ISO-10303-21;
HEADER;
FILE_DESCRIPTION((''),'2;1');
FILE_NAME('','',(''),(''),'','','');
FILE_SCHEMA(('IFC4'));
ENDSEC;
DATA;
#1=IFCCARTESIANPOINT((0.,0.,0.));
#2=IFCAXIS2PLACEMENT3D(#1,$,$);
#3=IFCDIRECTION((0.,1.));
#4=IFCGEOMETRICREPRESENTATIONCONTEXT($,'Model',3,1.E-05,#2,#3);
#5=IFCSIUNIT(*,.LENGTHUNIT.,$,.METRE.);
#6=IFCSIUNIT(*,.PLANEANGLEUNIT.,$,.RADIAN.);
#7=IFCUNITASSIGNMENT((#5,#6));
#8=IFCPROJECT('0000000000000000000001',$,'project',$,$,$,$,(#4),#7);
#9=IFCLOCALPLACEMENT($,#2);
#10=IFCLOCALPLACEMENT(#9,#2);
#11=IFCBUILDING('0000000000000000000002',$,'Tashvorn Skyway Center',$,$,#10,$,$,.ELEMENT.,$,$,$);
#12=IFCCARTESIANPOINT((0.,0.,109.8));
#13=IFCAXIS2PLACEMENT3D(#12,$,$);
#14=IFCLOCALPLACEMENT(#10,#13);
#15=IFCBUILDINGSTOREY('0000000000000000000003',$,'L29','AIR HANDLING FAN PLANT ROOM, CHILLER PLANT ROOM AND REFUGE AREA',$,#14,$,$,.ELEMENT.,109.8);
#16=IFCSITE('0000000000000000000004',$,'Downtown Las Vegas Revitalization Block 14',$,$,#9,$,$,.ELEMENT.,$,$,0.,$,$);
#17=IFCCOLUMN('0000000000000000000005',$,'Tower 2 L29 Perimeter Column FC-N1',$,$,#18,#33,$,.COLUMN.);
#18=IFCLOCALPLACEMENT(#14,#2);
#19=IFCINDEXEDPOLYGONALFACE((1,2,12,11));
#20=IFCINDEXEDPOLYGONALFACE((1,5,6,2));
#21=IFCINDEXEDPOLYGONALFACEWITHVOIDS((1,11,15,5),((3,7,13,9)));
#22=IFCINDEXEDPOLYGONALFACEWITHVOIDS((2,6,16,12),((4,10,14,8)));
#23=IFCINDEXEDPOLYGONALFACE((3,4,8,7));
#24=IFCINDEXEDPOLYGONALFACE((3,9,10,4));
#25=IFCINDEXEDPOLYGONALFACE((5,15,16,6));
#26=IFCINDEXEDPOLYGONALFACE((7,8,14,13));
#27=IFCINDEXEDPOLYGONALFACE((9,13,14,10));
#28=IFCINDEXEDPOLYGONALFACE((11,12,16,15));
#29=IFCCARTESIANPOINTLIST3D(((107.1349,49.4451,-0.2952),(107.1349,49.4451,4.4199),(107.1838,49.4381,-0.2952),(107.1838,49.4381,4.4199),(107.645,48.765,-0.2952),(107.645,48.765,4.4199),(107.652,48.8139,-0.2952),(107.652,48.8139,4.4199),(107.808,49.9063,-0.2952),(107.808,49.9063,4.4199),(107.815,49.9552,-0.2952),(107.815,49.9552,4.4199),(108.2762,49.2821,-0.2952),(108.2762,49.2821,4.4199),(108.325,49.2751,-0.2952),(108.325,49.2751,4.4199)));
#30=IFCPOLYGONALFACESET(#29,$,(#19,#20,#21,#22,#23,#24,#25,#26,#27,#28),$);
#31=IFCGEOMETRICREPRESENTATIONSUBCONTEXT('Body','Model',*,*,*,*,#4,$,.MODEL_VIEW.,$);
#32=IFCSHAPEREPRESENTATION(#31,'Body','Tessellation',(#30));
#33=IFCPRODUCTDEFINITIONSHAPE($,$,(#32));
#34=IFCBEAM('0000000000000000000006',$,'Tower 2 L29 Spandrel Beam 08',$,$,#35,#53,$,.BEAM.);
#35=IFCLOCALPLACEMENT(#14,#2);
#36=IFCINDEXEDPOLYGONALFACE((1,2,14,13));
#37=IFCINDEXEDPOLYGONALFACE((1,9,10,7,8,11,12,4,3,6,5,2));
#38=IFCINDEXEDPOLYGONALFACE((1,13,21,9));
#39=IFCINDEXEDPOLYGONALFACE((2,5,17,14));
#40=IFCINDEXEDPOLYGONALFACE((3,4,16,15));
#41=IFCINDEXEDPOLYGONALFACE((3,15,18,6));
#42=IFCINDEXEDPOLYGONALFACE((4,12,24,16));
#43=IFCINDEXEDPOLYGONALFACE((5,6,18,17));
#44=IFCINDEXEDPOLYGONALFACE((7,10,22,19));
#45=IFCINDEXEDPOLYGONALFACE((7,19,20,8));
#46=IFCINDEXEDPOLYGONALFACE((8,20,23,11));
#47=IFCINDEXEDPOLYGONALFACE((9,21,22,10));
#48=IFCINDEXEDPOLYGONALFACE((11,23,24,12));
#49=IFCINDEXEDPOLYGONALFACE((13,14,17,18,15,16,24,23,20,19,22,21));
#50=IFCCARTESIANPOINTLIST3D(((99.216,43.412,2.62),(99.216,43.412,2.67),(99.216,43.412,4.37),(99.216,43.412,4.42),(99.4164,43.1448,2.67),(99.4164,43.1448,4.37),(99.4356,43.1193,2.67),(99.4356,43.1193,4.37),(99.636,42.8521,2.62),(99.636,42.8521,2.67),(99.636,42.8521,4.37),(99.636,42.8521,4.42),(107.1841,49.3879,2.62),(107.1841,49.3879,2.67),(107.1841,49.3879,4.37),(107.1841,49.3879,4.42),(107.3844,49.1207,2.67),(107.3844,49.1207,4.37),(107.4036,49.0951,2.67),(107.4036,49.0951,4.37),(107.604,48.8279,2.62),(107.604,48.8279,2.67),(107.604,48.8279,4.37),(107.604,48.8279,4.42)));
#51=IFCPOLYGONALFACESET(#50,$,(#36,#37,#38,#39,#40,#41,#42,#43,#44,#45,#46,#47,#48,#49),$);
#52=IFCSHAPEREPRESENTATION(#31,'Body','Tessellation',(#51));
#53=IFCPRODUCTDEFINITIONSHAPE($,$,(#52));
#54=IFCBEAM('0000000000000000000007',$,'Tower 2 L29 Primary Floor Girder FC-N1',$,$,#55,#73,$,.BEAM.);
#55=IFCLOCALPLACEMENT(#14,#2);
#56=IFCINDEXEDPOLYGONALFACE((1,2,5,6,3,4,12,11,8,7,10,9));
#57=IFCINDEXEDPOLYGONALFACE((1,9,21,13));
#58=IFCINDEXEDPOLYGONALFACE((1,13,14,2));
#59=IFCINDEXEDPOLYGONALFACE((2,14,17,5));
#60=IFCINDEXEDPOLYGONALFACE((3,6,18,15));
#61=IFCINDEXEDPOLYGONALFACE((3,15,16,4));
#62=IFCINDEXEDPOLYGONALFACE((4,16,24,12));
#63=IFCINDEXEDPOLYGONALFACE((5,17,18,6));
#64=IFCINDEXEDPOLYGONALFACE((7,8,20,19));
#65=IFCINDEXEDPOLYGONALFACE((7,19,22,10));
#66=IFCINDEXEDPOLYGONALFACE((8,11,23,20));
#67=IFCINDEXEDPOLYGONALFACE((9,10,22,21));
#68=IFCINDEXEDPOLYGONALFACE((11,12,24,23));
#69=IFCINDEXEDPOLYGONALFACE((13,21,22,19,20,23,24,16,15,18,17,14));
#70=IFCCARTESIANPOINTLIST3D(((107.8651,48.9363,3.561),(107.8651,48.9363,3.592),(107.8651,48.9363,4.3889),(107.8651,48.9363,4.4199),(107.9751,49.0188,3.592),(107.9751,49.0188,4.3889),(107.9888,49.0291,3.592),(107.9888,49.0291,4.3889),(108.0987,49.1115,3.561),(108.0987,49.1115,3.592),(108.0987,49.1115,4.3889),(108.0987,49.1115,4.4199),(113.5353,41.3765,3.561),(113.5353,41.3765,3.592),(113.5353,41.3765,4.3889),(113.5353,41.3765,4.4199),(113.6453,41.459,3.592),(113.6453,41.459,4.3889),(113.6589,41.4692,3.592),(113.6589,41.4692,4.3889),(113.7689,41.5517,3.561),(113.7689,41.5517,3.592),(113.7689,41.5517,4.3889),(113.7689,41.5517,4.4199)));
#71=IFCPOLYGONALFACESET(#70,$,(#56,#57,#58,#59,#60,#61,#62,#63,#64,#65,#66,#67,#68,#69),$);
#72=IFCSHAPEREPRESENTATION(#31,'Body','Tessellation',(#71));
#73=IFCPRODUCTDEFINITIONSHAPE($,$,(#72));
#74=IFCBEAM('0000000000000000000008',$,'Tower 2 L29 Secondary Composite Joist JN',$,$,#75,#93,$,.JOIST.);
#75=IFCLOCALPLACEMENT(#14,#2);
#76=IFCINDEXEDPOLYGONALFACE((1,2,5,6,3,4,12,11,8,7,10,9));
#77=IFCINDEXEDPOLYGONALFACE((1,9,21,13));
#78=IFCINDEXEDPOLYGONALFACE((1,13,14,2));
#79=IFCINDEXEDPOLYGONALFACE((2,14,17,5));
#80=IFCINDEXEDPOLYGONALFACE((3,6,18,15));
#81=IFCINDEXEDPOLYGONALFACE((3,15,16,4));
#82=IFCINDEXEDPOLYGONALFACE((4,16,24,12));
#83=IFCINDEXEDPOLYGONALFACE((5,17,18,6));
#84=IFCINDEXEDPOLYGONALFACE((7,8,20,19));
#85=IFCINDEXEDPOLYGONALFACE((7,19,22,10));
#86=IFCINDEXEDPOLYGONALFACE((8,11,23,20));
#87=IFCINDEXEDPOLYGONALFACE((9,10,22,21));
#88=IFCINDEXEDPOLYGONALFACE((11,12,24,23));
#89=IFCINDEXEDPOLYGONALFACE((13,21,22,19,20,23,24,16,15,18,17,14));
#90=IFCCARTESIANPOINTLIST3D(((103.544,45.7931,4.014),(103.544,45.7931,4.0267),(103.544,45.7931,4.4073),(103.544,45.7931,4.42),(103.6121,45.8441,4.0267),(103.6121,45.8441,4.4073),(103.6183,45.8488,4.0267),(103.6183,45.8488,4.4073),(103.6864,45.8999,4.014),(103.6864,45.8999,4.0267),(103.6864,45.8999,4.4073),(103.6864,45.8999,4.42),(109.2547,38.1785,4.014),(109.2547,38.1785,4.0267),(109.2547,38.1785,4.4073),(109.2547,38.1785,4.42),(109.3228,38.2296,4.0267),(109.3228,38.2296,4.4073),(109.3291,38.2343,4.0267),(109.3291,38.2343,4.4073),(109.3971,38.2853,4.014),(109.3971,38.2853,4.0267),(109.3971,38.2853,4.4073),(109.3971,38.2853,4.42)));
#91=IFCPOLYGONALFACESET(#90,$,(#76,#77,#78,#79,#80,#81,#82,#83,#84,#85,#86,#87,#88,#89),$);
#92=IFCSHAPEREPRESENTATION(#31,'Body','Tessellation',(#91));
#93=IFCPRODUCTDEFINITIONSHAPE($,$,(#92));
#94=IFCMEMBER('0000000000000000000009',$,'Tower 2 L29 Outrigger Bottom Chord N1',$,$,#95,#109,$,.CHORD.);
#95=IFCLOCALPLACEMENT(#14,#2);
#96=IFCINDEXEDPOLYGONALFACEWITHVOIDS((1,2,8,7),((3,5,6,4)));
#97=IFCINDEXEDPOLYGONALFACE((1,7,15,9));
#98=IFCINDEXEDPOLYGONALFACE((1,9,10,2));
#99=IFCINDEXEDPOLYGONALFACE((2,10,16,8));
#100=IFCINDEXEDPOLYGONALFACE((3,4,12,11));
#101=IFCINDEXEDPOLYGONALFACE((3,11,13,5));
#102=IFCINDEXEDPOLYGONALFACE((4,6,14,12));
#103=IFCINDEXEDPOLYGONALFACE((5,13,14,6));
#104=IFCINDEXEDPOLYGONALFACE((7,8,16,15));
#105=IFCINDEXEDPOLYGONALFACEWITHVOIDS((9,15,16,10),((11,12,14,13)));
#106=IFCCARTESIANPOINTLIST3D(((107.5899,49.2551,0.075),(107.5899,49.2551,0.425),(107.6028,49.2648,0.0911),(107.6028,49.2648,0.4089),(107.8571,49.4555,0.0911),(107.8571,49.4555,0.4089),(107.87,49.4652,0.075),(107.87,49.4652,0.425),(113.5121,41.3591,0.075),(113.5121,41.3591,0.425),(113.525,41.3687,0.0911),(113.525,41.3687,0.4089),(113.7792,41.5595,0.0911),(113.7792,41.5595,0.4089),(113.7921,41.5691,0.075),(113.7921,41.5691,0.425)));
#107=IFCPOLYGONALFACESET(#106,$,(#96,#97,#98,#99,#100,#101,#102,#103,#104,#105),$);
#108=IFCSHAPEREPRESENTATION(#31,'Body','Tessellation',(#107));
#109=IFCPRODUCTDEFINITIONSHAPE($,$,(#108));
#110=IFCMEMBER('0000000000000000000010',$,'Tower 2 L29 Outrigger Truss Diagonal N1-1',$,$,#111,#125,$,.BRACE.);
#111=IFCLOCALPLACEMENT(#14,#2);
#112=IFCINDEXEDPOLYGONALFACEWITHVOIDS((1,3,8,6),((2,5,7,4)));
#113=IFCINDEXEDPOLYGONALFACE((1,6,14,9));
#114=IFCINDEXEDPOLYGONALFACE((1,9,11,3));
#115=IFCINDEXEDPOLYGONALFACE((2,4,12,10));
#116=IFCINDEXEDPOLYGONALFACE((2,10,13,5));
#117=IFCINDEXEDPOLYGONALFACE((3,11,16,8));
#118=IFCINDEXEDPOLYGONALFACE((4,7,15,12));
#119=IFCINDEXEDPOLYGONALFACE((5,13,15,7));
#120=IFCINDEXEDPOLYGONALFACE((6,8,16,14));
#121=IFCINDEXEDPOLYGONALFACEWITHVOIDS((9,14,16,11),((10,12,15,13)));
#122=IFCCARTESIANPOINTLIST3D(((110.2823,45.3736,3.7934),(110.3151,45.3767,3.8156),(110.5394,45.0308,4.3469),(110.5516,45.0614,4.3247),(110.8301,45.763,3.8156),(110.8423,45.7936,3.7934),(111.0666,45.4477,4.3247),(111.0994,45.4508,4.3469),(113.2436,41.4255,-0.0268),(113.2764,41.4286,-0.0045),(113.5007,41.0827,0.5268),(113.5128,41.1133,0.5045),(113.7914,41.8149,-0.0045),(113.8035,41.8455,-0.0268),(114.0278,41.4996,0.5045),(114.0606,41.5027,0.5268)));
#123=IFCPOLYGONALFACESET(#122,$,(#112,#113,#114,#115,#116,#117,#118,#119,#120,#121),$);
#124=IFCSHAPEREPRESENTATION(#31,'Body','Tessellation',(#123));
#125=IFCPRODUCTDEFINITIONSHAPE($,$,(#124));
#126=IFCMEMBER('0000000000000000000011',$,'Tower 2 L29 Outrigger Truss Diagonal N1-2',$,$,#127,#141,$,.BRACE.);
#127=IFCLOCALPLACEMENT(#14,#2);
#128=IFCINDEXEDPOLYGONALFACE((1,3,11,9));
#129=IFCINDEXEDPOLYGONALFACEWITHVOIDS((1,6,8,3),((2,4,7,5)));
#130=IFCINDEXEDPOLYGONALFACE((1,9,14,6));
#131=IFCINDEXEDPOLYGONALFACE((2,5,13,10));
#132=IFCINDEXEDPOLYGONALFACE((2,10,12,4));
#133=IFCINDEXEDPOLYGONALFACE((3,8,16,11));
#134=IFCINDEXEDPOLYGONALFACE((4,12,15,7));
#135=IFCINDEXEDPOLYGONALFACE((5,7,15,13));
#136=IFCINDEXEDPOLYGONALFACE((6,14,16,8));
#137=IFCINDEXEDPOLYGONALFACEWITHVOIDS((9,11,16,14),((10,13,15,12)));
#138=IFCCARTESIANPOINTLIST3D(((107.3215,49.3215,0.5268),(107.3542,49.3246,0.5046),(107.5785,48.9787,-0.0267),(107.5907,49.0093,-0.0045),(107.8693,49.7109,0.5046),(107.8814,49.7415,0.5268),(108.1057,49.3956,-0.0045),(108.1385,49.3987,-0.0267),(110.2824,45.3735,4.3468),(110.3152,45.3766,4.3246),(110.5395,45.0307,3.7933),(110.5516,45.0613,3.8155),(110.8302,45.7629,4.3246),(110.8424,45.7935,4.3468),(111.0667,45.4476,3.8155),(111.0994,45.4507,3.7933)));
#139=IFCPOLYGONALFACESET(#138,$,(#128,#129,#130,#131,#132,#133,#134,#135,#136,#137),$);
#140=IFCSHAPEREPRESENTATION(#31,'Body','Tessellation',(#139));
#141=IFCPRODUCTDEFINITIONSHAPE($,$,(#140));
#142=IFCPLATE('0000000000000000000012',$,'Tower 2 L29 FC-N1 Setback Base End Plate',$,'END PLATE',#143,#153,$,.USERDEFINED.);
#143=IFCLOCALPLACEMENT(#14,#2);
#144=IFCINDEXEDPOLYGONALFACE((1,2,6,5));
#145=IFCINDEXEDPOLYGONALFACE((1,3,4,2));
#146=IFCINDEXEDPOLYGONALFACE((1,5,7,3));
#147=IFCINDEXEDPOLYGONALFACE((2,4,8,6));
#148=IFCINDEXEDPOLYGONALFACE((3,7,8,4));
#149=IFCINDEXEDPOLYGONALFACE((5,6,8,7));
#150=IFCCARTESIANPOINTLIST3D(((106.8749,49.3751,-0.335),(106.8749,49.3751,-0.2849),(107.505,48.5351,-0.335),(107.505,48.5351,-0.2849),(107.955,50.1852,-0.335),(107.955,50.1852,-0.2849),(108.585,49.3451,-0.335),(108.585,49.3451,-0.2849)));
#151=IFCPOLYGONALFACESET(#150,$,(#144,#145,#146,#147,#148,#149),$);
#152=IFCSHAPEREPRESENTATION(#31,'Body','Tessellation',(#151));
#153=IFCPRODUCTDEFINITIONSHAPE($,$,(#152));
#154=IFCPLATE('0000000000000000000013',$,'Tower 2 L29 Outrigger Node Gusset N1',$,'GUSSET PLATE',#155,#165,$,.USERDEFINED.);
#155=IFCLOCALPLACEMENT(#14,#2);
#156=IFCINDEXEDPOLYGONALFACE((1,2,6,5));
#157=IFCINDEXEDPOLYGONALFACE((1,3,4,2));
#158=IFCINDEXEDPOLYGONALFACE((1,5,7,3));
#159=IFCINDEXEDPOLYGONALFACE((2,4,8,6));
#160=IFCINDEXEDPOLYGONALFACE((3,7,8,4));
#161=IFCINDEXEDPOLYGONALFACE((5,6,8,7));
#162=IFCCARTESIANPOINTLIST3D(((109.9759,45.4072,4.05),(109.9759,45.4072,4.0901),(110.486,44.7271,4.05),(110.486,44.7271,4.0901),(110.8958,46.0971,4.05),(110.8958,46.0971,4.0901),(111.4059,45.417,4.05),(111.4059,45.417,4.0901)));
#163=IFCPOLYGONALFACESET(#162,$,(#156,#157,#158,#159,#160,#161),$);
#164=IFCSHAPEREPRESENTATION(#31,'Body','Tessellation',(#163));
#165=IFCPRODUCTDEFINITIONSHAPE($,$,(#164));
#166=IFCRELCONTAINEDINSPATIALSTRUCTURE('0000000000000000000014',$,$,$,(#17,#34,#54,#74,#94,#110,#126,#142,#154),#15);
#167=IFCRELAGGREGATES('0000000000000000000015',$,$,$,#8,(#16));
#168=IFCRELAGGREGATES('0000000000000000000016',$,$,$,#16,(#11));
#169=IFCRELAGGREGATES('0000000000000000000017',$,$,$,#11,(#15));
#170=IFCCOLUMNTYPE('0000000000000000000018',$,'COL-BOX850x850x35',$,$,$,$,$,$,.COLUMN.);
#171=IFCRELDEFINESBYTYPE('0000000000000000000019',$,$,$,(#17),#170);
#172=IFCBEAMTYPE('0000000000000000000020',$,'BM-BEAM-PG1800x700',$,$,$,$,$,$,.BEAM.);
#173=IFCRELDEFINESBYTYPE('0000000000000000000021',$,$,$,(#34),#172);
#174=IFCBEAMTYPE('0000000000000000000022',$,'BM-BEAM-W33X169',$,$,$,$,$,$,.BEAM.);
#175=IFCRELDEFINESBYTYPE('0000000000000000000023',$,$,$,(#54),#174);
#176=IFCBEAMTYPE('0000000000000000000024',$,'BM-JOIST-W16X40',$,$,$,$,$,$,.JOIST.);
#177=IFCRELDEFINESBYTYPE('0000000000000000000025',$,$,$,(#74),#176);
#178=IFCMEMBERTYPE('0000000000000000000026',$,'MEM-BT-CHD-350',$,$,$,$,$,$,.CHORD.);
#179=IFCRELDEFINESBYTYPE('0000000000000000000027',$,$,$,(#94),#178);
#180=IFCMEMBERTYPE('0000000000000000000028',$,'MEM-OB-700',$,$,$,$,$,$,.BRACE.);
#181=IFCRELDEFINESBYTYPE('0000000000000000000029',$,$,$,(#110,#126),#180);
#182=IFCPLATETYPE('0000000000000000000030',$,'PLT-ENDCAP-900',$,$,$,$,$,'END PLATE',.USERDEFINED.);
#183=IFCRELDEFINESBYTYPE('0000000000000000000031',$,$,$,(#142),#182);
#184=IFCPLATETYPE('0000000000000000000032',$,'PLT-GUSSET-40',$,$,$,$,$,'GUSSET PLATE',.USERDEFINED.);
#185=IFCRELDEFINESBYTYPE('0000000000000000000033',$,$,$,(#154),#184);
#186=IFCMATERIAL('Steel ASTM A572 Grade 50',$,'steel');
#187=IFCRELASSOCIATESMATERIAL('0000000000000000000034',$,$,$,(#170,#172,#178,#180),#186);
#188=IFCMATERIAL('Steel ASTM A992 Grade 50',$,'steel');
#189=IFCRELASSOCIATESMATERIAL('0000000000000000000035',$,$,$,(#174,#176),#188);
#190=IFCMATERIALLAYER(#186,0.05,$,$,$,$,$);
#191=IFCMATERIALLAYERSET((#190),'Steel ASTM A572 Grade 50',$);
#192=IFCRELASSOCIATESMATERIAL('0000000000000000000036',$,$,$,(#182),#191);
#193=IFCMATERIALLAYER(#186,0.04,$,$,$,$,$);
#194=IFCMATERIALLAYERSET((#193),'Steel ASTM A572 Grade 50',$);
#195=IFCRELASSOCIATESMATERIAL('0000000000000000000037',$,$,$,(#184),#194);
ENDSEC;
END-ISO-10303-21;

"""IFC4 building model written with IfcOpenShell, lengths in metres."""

from ifc_helpers import new_model, si_unit, direction, frame, origin, origin_2d, place, context, subcontext, project, spatial, rectangle, hollow_rectangle, i_section, extrude, material, layer, layer_set, material_profile, profile_set, type_object, element, save


model = new_model("IFC4")

# Units and contexts
model_context = context("Model", 3, precision=1e-05, world=origin(), true_north=direction((0.0, 1.0)))
body_context = subcontext(model_context, "Body", "Model", "MODEL_VIEW")
ifc_project = project(units=[si_unit("LENGTHUNIT", "METRE"), si_unit("PLANEANGLEUNIT", "RADIAN")], contexts=[model_context])

# Site, building, storey
site_placement = place(None, origin())
site = spatial("IfcSite", under=ifc_project, at=site_placement, Name="Downtown Las Vegas Revitalization Block 14", CompositionType="ELEMENT", RefElevation=0.0)
building_placement = place(site_placement, origin())
building = spatial("IfcBuilding", under=site, at=building_placement, Name="Tashvorn Skyway Center", CompositionType="ELEMENT")
storey_placement = place(building_placement, frame((0.0, 0.0, 109.8)))
storey = spatial("IfcBuildingStorey", under=building, at=storey_placement, Name="L29", Description="AIR HANDLING FAN PLANT ROOM, CHILLER PLANT ROOM AND REFUGE AREA", CompositionType="ELEMENT", Elevation=109.8)

# Column
ifc_material_1 = material(Name="Steel ASTM A572 Grade 50", Category="steel")
ifc_material_profile_1 = material_profile(ifc_material_1, hollow_rectangle(XDim=0.8501, YDim=0.8501, WallThickness=0.0349, at=origin_2d()), Name="BOX850x850x35")
ifc_profile_set_1 = profile_set([ifc_material_profile_1], Name="Steel ASTM A572 Grade 50")
column_type = type_object("IfcColumnType", Name="COL-BOX850x850x35", PredefinedType="COLUMN", material=ifc_profile_set_1)
column_placement = place(storey_placement, frame((107.73, 49.3601, -0.2952), z_axis=(0.0, 0.0, 1.0), x_axis=(0.8, 0.6, 0.0)))
element("IfcColumn", 1, at=column_placement, inside=storey, type_object=column_type, Name="Tower 2 L29 Perimeter Column FC-N1", PredefinedType="COLUMN", context=body_context, shape_type="SweptSolid", body=[
    extrude(hollow_rectangle(XDim=0.8501, YDim=0.8501, WallThickness=0.0349, at=origin_2d()), origin(), (0.0, 0.0, 1.0), 4.7151),
])

# Beams
ifc_material_profile_2 = material_profile(ifc_material_1, i_section(OverallWidth=0.7, OverallDepth=1.8, WebThickness=0.032, FlangeThickness=0.05, at=origin_2d()), Name="PG1800x700")
ifc_profile_set_2 = profile_set([ifc_material_profile_2], Name="Steel ASTM A572 Grade 50")
beam_type_1 = type_object("IfcBeamType", Name="BM-BEAM-PG1800x700", PredefinedType="BEAM", material=ifc_profile_set_2)
beam_1_placement = place(storey_placement, frame((107.394, 49.1079, 3.52), z_axis=(-0.800009, -0.599988, 0.0), x_axis=(0.599988, -0.800009, 0.0)))
element("IfcBeam", 2, at=beam_1_placement, inside=storey, type_object=beam_type_1, Name="Tower 2 L29 Spandrel Beam 08", PredefinedType="BEAM", context=body_context, shape_type="SweptSolid", body=[
    extrude(i_section(OverallWidth=0.7, OverallDepth=1.8, WebThickness=0.032, FlangeThickness=0.05, at=origin_2d()), origin(), (0.0, 0.0, 1.0), 9.96),
])
ifc_material_2 = material(Name="Steel ASTM A992 Grade 50", Category="steel")
ifc_material_profile_3 = material_profile(ifc_material_2, i_section(OverallWidth=0.292, OverallDepth=0.8589, WebThickness=0.0171, FlangeThickness=0.031, at=origin_2d()), Name="W33X169")
ifc_profile_set_3 = profile_set([ifc_material_profile_3], Name="Steel ASTM A992 Grade 50")
beam_type_2 = type_object("IfcBeamType", Name="BM-BEAM-W33X169", PredefinedType="BEAM", material=ifc_profile_set_3)
beam_2_placement = place(storey_placement, frame((107.9819, 49.0239, 3.9905), z_axis=(0.600021, -0.799984, 0.0), x_axis=(0.799984, 0.600021, 0.0)))
element("IfcBeam", 3, at=beam_2_placement, inside=storey, type_object=beam_type_2, Name="Tower 2 L29 Primary Floor Girder FC-N1", PredefinedType="BEAM", context=body_context, shape_type="SweptSolid", body=[
    extrude(i_section(OverallWidth=0.292, OverallDepth=0.8589, WebThickness=0.0171, FlangeThickness=0.031, at=origin_2d()), origin(), (0.0, 0.0, 1.0), 9.45),
])
ifc_material_profile_4 = material_profile(ifc_material_2, i_section(OverallWidth=0.178, OverallDepth=0.406, WebThickness=0.0078, FlangeThickness=0.0127, at=origin_2d()), Name="W16X40")
ifc_profile_set_4 = profile_set([ifc_material_profile_4], Name="Steel ASTM A992 Grade 50")
beam_type_3 = type_object("IfcBeamType", Name="BM-JOIST-W16X40", PredefinedType="JOIST", material=ifc_profile_set_4)
beam_3_placement = place(storey_placement, frame((109.3259, 38.2319, 4.217), z_axis=(-0.599988, 0.800009, 0.0), x_axis=(-0.800009, -0.599988, 0.0)))
element("IfcBeam", 4, at=beam_3_placement, inside=storey, type_object=beam_type_3, Name="Tower 2 L29 Secondary Composite Joist JN", PredefinedType="JOIST", context=body_context, shape_type="SweptSolid", body=[
    extrude(i_section(OverallWidth=0.178, OverallDepth=0.406, WebThickness=0.0078, FlangeThickness=0.0127, at=origin_2d()), origin(), (0.0, 0.0, 1.0), 9.5181),
])

# Members
ifc_material_profile_5 = material_profile(ifc_material_1, hollow_rectangle(XDim=0.3501, YDim=0.3501, WallThickness=0.0161, at=origin_2d()), Name="HSS350x350x16")
ifc_profile_set_5 = profile_set([ifc_material_profile_5], Name="Steel ASTM A572 Grade 50")
member_type_1 = type_object("IfcMemberType", Name="MEM-BT-CHD-350", PredefinedType="CHORD", material=ifc_profile_set_5)
member_1_placement = place(storey_placement, frame((113.6521, 41.4641, 0.25), z_axis=(-0.600008, 0.799994, 0.0), x_axis=(-0.799994, -0.600008, 0.0)))
element("IfcMember", 5, at=member_1_placement, inside=storey, type_object=member_type_1, Name="Tower 2 L29 Outrigger Bottom Chord N1", PredefinedType="CHORD", context=body_context, shape_type="SweptSolid", body=[
    extrude(hollow_rectangle(XDim=0.3501, YDim=0.3501, WallThickness=0.0161, at=origin_2d()), origin(), (0.0, 0.0, 1.0), 9.8701),
])
ifc_material_profile_6 = material_profile(ifc_material_1, hollow_rectangle(XDim=0.7, YDim=0.7, WallThickness=0.0281, at=origin_2d()), Name="BOX700x700x28")
ifc_profile_set_6 = profile_set([ifc_material_profile_6], Name="Steel ASTM A572 Grade 50")
member_type_2 = type_object("IfcMemberType", Name="MEM-OB-700", PredefinedType="BRACE", material=ifc_profile_set_6)
member_2_placement = place(storey_placement, frame((113.6521, 41.4641, 0.25), z_axis=(-0.474484, 0.632606, 0.612107), x_axis=(-0.799982, -0.600024, 0.0)))
element("IfcMember", 6, at=member_2_placement, inside=storey, type_object=member_type_2, Name="Tower 2 L29 Outrigger Truss Diagonal N1-1", PredefinedType="BRACE", context=body_context, shape_type="SweptSolid", body=[
    extrude(hollow_rectangle(XDim=0.7, YDim=0.7, WallThickness=0.0281, at=origin_2d()), origin(), (0.0, 0.0, 1.0), 6.241),
])
member_3_placement = place(storey_placement, frame((110.6909, 45.4121, 4.0701), z_axis=(-0.474453, 0.632618, -0.612118), x_axis=(-0.800006, -0.599992, 0.0)))
element("IfcMember", 7, at=member_3_placement, inside=storey, type_object=member_type_2, Name="Tower 2 L29 Outrigger Truss Diagonal N1-2", PredefinedType="BRACE", context=body_context, shape_type="SweptSolid", body=[
    extrude(hollow_rectangle(XDim=0.7, YDim=0.7, WallThickness=0.0281, at=origin_2d()), origin(), (0.0, 0.0, 1.0), 6.2407),
])

# Plates
ifc_layer_1 = layer(ifc_material_1, 0.05)
ifc_layer_set_1 = layer_set([ifc_layer_1], Name="Steel ASTM A572 Grade 50")
plate_type_1 = type_object("IfcPlateType", Name="PLT-ENDCAP-900", ElementType="END PLATE", PredefinedType="USERDEFINED", material=ifc_layer_set_1)
plate_1_placement = place(storey_placement, frame((107.73, 49.3601, -0.335), z_axis=(0.0, 0.0, 1.0), x_axis=(0.8, 0.6, 0.0)))
element("IfcPlate", 8, at=plate_1_placement, inside=storey, type_object=plate_type_1, Name="Tower 2 L29 FC-N1 Setback Base End Plate", ObjectType="END PLATE", PredefinedType="USERDEFINED", context=body_context, shape_type="SweptSolid", body=[
    extrude(rectangle(XDim=1.3501, YDim=1.05, at=origin_2d()), origin(), (0.0, 0.0, 1.0), 0.05),
])
ifc_layer_2 = layer(ifc_material_1, 0.04)
ifc_layer_set_2 = layer_set([ifc_layer_2], Name="Steel ASTM A572 Grade 50")
plate_type_2 = type_object("IfcPlateType", Name="PLT-GUSSET-40", ElementType="GUSSET PLATE", PredefinedType="USERDEFINED", material=ifc_layer_set_2)
plate_2_placement = place(storey_placement, frame((110.6909, 45.4121, 4.05), z_axis=(0.0, 0.0, 1.0), x_axis=(0.8, 0.6, 0.0)))
element("IfcPlate", 9, at=plate_2_placement, inside=storey, type_object=plate_type_2, Name="Tower 2 L29 Outrigger Node Gusset N1", ObjectType="GUSSET PLATE", PredefinedType="USERDEFINED", context=body_context, shape_type="SweptSolid", body=[
    extrude(rectangle(XDim=1.1499, YDim=0.8501, at=origin_2d()), origin(), (0.0, 0.0, 1.0), 0.04),
])

save(model, "model.ifc")
